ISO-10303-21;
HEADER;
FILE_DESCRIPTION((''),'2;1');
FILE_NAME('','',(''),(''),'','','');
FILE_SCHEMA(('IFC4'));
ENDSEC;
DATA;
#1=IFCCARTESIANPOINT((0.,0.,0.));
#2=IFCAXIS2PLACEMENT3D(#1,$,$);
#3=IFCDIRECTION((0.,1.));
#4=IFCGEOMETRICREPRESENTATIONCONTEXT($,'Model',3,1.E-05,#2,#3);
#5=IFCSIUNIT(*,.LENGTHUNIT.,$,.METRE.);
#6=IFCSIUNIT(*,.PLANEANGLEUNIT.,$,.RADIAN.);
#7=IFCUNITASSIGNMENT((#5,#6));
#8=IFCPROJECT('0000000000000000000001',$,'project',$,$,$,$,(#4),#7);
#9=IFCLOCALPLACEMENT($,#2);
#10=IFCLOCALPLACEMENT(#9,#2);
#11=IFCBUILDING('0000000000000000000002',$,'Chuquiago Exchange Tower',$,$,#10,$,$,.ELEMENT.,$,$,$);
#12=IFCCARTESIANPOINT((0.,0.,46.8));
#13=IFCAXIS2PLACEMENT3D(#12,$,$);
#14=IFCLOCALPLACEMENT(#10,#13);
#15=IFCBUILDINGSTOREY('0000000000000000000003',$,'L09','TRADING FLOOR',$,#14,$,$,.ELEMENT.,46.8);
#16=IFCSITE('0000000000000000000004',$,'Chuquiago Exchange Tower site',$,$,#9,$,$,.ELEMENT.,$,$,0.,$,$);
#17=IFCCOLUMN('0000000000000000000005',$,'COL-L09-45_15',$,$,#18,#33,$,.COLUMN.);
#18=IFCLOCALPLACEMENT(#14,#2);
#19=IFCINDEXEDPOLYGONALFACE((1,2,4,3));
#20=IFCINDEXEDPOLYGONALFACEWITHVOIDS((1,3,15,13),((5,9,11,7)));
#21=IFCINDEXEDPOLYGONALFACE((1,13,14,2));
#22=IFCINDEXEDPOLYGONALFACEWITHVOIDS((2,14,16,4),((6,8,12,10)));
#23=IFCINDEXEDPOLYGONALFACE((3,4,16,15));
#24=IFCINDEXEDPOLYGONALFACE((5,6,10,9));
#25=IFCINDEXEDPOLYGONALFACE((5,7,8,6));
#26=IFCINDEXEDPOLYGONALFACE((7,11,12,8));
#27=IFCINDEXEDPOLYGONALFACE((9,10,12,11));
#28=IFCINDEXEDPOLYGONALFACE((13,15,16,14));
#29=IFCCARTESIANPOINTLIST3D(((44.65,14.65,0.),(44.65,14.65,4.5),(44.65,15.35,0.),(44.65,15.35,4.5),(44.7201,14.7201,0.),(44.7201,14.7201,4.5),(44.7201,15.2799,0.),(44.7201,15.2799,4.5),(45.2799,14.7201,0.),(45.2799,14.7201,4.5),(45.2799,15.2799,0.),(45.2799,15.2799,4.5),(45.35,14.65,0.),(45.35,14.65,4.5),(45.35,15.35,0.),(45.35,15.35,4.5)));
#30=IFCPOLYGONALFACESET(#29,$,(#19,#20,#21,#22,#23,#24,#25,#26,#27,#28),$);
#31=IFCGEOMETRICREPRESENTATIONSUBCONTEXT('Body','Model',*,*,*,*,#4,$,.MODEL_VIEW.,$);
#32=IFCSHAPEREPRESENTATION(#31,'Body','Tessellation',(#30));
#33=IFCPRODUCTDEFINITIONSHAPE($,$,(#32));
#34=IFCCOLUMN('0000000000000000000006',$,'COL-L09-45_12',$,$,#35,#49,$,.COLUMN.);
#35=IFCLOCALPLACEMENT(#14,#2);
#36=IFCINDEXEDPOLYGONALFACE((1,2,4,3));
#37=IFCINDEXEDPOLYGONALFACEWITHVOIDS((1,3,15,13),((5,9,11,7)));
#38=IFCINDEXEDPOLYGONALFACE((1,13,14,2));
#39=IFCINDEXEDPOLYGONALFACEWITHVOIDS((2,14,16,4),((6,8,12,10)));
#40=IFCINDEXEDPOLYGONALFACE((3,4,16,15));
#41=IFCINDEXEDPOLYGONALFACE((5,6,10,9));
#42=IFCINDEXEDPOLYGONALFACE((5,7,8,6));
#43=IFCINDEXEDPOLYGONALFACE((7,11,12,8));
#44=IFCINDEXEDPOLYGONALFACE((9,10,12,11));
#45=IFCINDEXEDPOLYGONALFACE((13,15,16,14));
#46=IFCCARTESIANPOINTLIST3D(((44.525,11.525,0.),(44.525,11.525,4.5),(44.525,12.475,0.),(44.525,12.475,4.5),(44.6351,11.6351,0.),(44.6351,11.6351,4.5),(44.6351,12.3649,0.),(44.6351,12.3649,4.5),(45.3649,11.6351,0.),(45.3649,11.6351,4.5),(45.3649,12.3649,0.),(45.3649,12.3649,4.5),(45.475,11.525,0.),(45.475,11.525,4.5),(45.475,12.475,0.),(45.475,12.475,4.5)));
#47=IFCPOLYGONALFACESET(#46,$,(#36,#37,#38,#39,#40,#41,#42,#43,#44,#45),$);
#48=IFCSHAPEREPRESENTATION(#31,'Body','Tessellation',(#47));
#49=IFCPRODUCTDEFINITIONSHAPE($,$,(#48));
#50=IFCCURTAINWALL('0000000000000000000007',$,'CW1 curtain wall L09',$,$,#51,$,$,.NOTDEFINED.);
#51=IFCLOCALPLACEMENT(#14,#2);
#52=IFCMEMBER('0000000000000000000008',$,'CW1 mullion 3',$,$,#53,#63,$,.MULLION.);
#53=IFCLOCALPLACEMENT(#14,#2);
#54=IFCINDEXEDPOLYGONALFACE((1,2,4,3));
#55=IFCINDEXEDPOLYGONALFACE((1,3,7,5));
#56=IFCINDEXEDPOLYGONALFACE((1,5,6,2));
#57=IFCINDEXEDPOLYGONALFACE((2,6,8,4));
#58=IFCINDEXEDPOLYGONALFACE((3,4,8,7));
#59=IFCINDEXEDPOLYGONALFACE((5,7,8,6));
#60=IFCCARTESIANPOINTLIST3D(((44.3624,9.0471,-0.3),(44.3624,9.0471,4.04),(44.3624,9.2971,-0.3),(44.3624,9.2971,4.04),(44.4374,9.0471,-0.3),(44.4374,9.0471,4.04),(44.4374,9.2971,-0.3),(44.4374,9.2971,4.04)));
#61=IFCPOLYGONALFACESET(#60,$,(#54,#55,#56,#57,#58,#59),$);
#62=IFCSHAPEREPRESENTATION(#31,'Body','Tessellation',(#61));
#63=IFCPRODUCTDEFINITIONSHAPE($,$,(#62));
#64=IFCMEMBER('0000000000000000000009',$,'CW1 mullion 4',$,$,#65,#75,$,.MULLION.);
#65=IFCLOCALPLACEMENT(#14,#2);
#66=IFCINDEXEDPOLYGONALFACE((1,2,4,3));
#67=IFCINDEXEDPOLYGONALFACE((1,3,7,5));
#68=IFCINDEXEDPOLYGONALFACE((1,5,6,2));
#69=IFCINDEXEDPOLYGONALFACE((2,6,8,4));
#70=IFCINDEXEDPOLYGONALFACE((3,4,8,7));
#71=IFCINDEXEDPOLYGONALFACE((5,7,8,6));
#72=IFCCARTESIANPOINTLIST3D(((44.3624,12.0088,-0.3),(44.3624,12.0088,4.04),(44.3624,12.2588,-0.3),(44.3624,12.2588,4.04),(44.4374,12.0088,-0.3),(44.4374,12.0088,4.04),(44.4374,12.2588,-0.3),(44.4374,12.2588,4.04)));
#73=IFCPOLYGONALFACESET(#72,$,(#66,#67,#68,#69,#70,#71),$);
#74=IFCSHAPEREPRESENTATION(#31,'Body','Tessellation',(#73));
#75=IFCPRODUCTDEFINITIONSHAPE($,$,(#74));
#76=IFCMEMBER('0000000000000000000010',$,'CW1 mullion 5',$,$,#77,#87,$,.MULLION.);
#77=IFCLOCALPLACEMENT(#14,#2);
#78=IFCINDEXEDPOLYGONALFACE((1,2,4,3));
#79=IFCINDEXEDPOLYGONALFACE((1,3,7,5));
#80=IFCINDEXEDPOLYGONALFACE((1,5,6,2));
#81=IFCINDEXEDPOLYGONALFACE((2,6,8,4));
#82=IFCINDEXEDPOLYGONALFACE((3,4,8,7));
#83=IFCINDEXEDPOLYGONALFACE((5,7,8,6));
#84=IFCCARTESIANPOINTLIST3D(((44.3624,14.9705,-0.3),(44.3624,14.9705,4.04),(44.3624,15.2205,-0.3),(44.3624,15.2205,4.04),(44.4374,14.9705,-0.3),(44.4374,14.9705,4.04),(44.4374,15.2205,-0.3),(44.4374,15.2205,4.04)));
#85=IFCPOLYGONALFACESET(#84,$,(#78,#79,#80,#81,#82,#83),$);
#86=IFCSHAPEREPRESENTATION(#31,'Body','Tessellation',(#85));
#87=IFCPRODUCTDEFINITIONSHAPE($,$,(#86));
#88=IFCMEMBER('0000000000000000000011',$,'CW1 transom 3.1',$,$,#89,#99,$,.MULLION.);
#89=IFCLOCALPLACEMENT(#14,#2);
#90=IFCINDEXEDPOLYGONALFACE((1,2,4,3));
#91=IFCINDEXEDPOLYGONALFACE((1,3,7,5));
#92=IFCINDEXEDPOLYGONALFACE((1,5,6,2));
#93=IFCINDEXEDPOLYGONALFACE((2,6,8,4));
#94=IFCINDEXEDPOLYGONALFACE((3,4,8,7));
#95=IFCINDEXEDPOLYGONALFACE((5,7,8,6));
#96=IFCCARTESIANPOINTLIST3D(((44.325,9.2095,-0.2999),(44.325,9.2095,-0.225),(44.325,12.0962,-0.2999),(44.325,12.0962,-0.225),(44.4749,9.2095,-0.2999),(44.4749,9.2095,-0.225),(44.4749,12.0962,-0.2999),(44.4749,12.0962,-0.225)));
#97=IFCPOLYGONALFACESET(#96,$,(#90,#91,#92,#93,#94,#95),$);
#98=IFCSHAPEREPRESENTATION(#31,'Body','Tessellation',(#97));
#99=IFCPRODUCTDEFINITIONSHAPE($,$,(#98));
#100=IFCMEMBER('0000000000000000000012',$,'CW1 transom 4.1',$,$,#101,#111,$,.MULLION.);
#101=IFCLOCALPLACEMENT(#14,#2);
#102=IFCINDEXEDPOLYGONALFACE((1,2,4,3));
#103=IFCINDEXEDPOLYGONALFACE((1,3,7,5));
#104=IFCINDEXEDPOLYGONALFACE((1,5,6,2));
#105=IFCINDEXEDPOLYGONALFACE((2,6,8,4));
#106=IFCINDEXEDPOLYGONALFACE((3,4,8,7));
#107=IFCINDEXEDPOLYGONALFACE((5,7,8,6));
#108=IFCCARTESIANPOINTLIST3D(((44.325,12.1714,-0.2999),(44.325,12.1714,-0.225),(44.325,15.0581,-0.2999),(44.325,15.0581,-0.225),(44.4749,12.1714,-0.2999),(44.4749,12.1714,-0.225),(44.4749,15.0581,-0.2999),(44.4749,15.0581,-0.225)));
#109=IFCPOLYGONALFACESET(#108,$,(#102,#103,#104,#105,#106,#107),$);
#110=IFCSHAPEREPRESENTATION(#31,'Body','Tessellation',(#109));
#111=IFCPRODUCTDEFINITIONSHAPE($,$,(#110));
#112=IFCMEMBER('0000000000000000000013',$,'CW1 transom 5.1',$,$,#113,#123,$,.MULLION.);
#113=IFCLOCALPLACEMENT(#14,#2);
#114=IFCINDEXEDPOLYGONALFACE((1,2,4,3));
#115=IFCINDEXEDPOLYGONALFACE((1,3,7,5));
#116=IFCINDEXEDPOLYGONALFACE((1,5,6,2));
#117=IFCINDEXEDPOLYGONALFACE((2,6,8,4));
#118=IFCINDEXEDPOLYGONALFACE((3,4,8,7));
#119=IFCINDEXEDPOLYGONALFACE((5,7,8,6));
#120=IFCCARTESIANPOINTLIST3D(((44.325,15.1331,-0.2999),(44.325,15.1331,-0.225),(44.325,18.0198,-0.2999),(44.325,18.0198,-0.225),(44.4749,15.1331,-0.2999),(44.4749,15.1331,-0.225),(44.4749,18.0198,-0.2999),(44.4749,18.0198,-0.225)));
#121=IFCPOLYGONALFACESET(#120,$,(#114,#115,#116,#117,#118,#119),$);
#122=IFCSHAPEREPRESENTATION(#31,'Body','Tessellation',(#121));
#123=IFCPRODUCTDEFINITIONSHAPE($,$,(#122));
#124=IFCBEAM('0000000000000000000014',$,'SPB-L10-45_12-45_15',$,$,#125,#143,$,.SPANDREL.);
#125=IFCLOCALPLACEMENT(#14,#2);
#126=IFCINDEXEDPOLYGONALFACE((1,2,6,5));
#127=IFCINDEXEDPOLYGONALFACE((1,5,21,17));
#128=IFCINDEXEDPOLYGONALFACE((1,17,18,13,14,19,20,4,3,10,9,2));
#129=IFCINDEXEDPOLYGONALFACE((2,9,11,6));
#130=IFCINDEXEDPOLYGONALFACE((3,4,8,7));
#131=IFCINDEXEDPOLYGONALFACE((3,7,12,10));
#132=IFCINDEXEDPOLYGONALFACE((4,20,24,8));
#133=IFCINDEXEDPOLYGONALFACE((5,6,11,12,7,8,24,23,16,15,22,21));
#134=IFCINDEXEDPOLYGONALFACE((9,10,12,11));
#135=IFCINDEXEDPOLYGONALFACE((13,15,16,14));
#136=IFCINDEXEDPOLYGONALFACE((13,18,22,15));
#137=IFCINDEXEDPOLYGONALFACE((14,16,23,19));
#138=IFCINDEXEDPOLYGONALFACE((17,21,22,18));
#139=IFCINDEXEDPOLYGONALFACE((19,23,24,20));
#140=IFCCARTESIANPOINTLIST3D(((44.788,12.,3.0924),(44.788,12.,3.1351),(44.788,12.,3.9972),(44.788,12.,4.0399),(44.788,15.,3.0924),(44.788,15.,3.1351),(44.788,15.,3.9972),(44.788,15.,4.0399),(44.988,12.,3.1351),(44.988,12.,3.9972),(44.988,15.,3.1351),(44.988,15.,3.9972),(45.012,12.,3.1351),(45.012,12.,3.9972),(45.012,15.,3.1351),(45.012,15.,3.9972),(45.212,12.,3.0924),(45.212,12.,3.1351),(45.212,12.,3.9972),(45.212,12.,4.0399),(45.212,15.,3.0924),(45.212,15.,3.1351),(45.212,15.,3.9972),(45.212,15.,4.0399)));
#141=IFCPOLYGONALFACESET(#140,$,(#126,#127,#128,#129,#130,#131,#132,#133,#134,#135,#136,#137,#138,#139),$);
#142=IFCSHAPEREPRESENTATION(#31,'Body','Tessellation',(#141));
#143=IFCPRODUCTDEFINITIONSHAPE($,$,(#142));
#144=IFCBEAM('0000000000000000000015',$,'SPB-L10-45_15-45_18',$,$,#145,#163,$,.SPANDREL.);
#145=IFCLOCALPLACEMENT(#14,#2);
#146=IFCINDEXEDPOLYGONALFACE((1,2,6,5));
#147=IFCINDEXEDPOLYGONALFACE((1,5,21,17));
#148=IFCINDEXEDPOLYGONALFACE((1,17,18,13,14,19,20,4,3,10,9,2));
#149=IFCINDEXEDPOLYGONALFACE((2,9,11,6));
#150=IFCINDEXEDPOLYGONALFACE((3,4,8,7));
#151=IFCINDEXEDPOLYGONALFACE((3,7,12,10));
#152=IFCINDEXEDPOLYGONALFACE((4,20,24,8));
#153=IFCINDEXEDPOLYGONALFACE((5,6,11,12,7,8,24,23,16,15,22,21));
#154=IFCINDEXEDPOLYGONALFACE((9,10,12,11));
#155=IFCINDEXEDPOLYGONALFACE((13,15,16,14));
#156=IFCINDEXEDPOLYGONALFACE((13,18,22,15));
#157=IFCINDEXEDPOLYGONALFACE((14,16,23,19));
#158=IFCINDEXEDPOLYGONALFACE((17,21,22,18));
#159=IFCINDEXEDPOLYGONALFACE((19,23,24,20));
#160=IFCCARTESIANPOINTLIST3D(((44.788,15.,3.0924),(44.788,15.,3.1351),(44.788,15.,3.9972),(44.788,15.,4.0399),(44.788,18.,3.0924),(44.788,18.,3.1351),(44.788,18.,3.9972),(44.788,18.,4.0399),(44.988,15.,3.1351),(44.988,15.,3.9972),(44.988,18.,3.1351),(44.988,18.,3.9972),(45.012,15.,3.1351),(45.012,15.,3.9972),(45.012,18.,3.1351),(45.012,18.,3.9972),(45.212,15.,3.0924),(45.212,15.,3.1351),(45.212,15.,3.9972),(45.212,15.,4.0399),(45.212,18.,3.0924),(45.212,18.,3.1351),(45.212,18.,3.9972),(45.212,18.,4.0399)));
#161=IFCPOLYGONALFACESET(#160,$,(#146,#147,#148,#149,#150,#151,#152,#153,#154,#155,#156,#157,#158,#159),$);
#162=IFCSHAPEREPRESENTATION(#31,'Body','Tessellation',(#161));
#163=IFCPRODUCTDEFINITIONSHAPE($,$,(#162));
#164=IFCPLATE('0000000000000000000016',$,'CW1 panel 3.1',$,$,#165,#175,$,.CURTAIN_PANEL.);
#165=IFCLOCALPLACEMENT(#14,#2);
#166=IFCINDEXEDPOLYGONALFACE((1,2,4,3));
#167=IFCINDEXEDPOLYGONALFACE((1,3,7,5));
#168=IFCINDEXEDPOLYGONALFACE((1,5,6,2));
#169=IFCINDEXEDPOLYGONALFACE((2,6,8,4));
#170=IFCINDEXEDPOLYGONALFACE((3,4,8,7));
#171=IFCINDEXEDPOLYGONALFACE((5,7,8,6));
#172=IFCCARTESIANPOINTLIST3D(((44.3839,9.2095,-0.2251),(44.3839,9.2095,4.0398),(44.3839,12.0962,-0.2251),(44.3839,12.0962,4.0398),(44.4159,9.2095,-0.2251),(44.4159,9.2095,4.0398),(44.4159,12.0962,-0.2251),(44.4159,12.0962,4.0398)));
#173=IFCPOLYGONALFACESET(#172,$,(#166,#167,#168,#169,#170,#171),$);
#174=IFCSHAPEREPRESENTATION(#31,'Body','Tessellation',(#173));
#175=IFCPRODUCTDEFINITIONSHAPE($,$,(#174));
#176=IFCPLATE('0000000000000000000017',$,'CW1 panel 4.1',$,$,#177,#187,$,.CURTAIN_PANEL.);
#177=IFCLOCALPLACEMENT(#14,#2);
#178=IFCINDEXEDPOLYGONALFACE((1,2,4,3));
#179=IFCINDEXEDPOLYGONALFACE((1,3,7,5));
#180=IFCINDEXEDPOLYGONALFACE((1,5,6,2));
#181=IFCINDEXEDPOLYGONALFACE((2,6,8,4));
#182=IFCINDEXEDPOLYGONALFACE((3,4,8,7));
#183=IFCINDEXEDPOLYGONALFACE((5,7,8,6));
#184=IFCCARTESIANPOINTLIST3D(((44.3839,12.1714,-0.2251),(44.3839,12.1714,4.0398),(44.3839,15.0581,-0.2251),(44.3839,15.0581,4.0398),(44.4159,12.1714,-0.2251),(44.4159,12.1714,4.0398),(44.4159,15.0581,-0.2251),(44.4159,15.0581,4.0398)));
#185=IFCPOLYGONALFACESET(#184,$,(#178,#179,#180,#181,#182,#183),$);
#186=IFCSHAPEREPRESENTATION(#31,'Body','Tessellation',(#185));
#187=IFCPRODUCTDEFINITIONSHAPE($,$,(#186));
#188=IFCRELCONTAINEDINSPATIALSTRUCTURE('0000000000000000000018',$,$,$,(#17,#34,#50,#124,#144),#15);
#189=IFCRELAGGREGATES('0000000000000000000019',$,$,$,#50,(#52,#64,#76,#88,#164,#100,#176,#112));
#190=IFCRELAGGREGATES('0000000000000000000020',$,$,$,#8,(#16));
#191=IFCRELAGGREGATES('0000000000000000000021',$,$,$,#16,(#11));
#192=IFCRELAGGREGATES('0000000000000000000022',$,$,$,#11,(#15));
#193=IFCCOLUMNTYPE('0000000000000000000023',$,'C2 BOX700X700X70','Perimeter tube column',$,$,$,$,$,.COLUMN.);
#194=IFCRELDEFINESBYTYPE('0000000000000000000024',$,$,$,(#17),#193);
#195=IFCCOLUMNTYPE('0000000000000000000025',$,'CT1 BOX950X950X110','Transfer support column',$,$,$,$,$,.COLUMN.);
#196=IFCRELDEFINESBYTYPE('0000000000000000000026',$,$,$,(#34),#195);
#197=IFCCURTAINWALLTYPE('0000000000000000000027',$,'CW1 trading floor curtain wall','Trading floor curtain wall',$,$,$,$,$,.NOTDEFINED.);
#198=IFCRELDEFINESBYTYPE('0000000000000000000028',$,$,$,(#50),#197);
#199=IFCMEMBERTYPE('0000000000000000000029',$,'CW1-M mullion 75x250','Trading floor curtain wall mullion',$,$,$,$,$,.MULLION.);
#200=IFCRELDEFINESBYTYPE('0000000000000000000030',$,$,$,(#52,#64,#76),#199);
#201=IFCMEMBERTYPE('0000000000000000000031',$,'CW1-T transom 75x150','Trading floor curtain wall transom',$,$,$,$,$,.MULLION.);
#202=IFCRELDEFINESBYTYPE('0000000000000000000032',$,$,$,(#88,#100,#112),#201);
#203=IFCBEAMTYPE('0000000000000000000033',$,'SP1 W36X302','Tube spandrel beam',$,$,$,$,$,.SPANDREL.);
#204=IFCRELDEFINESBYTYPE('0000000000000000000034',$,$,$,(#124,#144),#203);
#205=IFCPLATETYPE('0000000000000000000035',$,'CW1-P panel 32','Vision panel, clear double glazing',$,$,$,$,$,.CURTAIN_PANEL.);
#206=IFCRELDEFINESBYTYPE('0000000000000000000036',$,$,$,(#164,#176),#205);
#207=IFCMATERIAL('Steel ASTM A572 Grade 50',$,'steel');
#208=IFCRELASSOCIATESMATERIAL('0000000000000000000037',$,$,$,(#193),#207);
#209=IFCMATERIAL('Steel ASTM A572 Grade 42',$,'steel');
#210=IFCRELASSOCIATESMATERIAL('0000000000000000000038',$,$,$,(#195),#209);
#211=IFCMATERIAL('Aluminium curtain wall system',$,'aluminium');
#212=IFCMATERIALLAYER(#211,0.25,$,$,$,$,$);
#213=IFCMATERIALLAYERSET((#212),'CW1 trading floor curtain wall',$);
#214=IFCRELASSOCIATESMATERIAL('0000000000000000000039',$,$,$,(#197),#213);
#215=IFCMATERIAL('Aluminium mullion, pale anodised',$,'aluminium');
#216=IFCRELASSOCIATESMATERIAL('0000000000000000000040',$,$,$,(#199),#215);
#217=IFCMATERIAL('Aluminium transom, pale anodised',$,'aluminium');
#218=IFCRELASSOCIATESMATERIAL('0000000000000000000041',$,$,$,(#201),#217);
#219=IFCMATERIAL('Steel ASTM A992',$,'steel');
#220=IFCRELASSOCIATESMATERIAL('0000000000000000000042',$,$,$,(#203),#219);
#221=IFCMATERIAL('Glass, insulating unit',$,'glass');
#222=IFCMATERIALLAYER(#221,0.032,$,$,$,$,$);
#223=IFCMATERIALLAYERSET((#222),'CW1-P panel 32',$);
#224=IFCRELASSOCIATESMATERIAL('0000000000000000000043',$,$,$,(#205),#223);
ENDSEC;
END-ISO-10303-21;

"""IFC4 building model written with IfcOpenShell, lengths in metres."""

from ifc_helpers import new_model, si_unit, direction, frame, origin, origin_2d, place, context, subcontext, project, spatial, rectangle, hollow_rectangle, i_section, extrude, material, layer, layer_set, material_profile, profile_set, type_object, element, aggregate, save


model = new_model("IFC4")

# Units and contexts
model_context = context("Model", 3, precision=1e-05, world=origin(), true_north=direction((0.0, 1.0)))
body_context = subcontext(model_context, "Body", "Model", "MODEL_VIEW")
ifc_project = project(units=[si_unit("LENGTHUNIT", "METRE"), si_unit("PLANEANGLEUNIT", "RADIAN")], contexts=[model_context])

# Site, building, storey
site_placement = place(None, origin())
site = spatial("IfcSite", under=ifc_project, at=site_placement, Name="Chuquiago Exchange Tower site", CompositionType="ELEMENT", RefElevation=0.0)
building_placement = place(site_placement, origin())
building = spatial("IfcBuilding", under=site, at=building_placement, Name="Chuquiago Exchange Tower", CompositionType="ELEMENT")
storey_placement = place(building_placement, frame((0.0, 0.0, 46.8)))
storey = spatial("IfcBuildingStorey", under=building, at=storey_placement, Name="L09", Description="TRADING FLOOR", CompositionType="ELEMENT", Elevation=46.8)

# Columns
ifc_material_1 = material(Name="Steel ASTM A572 Grade 50", Category="steel")
ifc_material_profile_1 = material_profile(ifc_material_1, hollow_rectangle(XDim=0.7, YDim=0.7, WallThickness=0.0701, at=origin_2d()), Name="BOX700X700X70")
ifc_profile_set_1 = profile_set([ifc_material_profile_1], Name="Steel ASTM A572 Grade 50")
column_type_1 = type_object("IfcColumnType", Name="C2 BOX700X700X70", Description="Perimeter tube column", PredefinedType="COLUMN", material=ifc_profile_set_1)
column_1_placement = place(storey_placement, frame((45.0, 15.0, 0.0), z_axis=(0.0, 0.0, 1.0), x_axis=(1.0, 0.0, 0.0)))
element("IfcColumn", 1, at=column_1_placement, inside=storey, type_object=column_type_1, Name="COL-L09-45_15", PredefinedType="COLUMN", context=body_context, shape_type="SweptSolid", body=[
    extrude(hollow_rectangle(XDim=0.7, YDim=0.7, WallThickness=0.0701, at=origin_2d()), origin(), (0.0, 0.0, 1.0), 4.5),
])
ifc_material_2 = material(Name="Steel ASTM A572 Grade 42", Category="steel")
ifc_material_profile_2 = material_profile(ifc_material_2, hollow_rectangle(XDim=0.95, YDim=0.95, WallThickness=0.1101, at=origin_2d()), Name="BOX950X950X110")
ifc_profile_set_2 = profile_set([ifc_material_profile_2], Name="Steel ASTM A572 Grade 42")
column_type_2 = type_object("IfcColumnType", Name="CT1 BOX950X950X110", Description="Transfer support column", PredefinedType="COLUMN", material=ifc_profile_set_2)
column_2_placement = place(storey_placement, frame((45.0, 12.0, 0.0), z_axis=(0.0, 0.0, 1.0), x_axis=(1.0, 0.0, 0.0)))
element("IfcColumn", 2, at=column_2_placement, inside=storey, type_object=column_type_2, Name="COL-L09-45_12", PredefinedType="COLUMN", context=body_context, shape_type="SweptSolid", body=[
    extrude(hollow_rectangle(XDim=0.95, YDim=0.95, WallThickness=0.1101, at=origin_2d()), origin(), (0.0, 0.0, 1.0), 4.5),
])

# Curtain wall, members
ifc_material_3 = material(Name="Aluminium curtain wall system", Category="aluminium")
ifc_layer_1 = layer(ifc_material_3, 0.25)
ifc_layer_set_1 = layer_set([ifc_layer_1], Name="CW1 trading floor curtain wall")
curtain_wall_type = type_object("IfcCurtainWallType", Name="CW1 trading floor curtain wall", Description="Trading floor curtain wall", PredefinedType="NOTDEFINED", material=ifc_layer_set_1)
curtain_wall_placement = place(storey_placement, origin())
curtain_wall = element("IfcCurtainWall", 3, at=curtain_wall_placement, inside=storey, type_object=curtain_wall_type, Name="CW1 curtain wall L09", PredefinedType="NOTDEFINED")
ifc_material_4 = material(Name="Aluminium mullion, pale anodised", Category="aluminium")
ifc_material_profile_3 = material_profile(ifc_material_4, rectangle(XDim=0.075, YDim=0.25, at=origin_2d()), Name="AL 75x250")
ifc_profile_set_3 = profile_set([ifc_material_profile_3], Name="Aluminium mullion, pale anodised")
member_type_1 = type_object("IfcMemberType", Name="CW1-M mullion 75x250", Description="Trading floor curtain wall mullion", PredefinedType="MULLION", material=ifc_profile_set_3)
member_1_placement = place(storey_placement, frame((44.3999, 9.1721, -0.3), z_axis=(0.0, 0.0, 1.0), x_axis=(-1.0, 0.0, 0.0)))
member_1 = element("IfcMember", 4, at=member_1_placement, type_object=member_type_1, Name="CW1 mullion 3", PredefinedType="MULLION", context=body_context, shape_type="SweptSolid", body=[
    extrude(rectangle(XDim=0.075, YDim=0.25, at=origin_2d()), origin(), (0.0, 0.0, 1.0), 4.3401),
])
member_2_placement = place(storey_placement, frame((44.3999, 12.1338, -0.3), z_axis=(0.0, 0.0, 1.0), x_axis=(-1.0, 0.0, 0.0)))
member_2 = element("IfcMember", 5, at=member_2_placement, type_object=member_type_1, Name="CW1 mullion 4", PredefinedType="MULLION", context=body_context, shape_type="SweptSolid", body=[
    extrude(rectangle(XDim=0.075, YDim=0.25, at=origin_2d()), origin(), (0.0, 0.0, 1.0), 4.3401),
])
member_3_placement = place(storey_placement, frame((44.3999, 15.0955, -0.3), z_axis=(0.0, 0.0, 1.0), x_axis=(-1.0, 0.0, 0.0)))
member_3 = element("IfcMember", 6, at=member_3_placement, type_object=member_type_1, Name="CW1 mullion 5", PredefinedType="MULLION", context=body_context, shape_type="SweptSolid", body=[
    extrude(rectangle(XDim=0.075, YDim=0.25, at=origin_2d()), origin(), (0.0, 0.0, 1.0), 4.3401),
])
ifc_material_5 = material(Name="Aluminium transom, pale anodised", Category="aluminium")
ifc_material_profile_4 = material_profile(ifc_material_5, rectangle(XDim=0.1499, YDim=0.075, at=origin_2d()), Name="AL 150x75")
ifc_profile_set_4 = profile_set([ifc_material_profile_4], Name="Aluminium transom, pale anodised")
member_type_2 = type_object("IfcMemberType", Name="CW1-T transom 75x150", Description="Trading floor curtain wall transom", PredefinedType="MULLION", material=ifc_profile_set_4)
member_4_placement = place(storey_placement, frame((44.3999, 9.2095, -0.2625), z_axis=(0.0, 1.0, 0.0), x_axis=(-1.0, 0.0, 0.0)))
member_4 = element("IfcMember", 7, at=member_4_placement, type_object=member_type_2, Name="CW1 transom 3.1", PredefinedType="MULLION", context=body_context, shape_type="SweptSolid", body=[
    extrude(rectangle(XDim=0.1499, YDim=0.075, at=origin_2d()), origin(), (0.0, 0.0, 1.0), 2.8867),
])
member_5_placement = place(storey_placement, frame((44.3999, 12.1714, -0.2625), z_axis=(0.0, 1.0, 0.0), x_axis=(-1.0, 0.0, 0.0)))
member_5 = element("IfcMember", 8, at=member_5_placement, type_object=member_type_2, Name="CW1 transom 4.1", PredefinedType="MULLION", context=body_context, shape_type="SweptSolid", body=[
    extrude(rectangle(XDim=0.1499, YDim=0.075, at=origin_2d()), origin(), (0.0, 0.0, 1.0), 2.8867),
])
member_6_placement = place(storey_placement, frame((44.3999, 15.1331, -0.2625), z_axis=(0.0, 1.0, 0.0), x_axis=(-1.0, 0.0, 0.0)))
member_6 = element("IfcMember", 9, at=member_6_placement, type_object=member_type_2, Name="CW1 transom 5.1", PredefinedType="MULLION", context=body_context, shape_type="SweptSolid", body=[
    extrude(rectangle(XDim=0.1499, YDim=0.075, at=origin_2d()), origin(), (0.0, 0.0, 1.0), 2.8867),
])

# Beams
ifc_material_6 = material(Name="Steel ASTM A992", Category="steel")
ifc_material_profile_5 = material_profile(ifc_material_6, i_section(OverallWidth=0.4241, OverallDepth=0.9475, WebThickness=0.0239, FlangeThickness=0.0427, at=origin_2d()), Name="W36X302")
ifc_profile_set_5 = profile_set([ifc_material_profile_5], Name="Steel ASTM A992")
beam_type = type_object("IfcBeamType", Name="SP1 W36X302", Description="Tube spandrel beam", PredefinedType="SPANDREL", material=ifc_profile_set_5)
for number, where, z_axis, x_axis, name in (
    (10, (45.0, 12.0, 3.5662), (0.0, 1.0, 0.0), (-1.0, 0.0, 0.0), "SPB-L10-45_12-45_15"),
    (11, (45.0, 15.0, 3.5662), (0.0, 1.0, 0.0), (-1.0, 0.0, 0.0), "SPB-L10-45_15-45_18"),
):
    element("IfcBeam", number, at=place(storey_placement, frame(where, z_axis=z_axis, x_axis=x_axis)), inside=storey, type_object=beam_type, Name=name, PredefinedType="SPANDREL", context=body_context, shape_type="SweptSolid", body=[
        extrude(i_section(OverallWidth=0.4241, OverallDepth=0.9475, WebThickness=0.0239, FlangeThickness=0.0427, at=origin_2d()), origin(), (0.0, 0.0, 1.0), 3.0),
    ])

# Plates
ifc_material_7 = material(Name="Glass, insulating unit", Category="glass")
ifc_layer_2 = layer(ifc_material_7, 0.032)
ifc_layer_set_2 = layer_set([ifc_layer_2], Name="CW1-P panel 32")
plate_type = type_object("IfcPlateType", Name="CW1-P panel 32", Description="Vision panel, clear double glazing", PredefinedType="CURTAIN_PANEL", material=ifc_layer_set_2)
plate_1_placement = place(storey_placement, frame((44.3999, 10.6528, -0.2251), z_axis=(0.0, 0.0, 1.0), x_axis=(0.0, 1.0, 0.0)))
plate_1 = element("IfcPlate", 12, at=plate_1_placement, type_object=plate_type, Name="CW1 panel 3.1", PredefinedType="CURTAIN_PANEL", context=body_context, shape_type="SweptSolid", body=[
    extrude(rectangle(XDim=2.8867, YDim=0.032, at=origin_2d()), origin(), (0.0, 0.0, 1.0), 4.2649),
])
plate_2_placement = place(storey_placement, frame((44.3999, 13.6147, -0.2251), z_axis=(0.0, 0.0, 1.0), x_axis=(0.0, 1.0, 0.0)))
plate_2 = element("IfcPlate", 13, at=plate_2_placement, type_object=plate_type, Name="CW1 panel 4.1", PredefinedType="CURTAIN_PANEL", context=body_context, shape_type="SweptSolid", body=[
    extrude(rectangle(XDim=2.8867, YDim=0.032, at=origin_2d()), origin(), (0.0, 0.0, 1.0), 4.2649),
])
aggregate(curtain_wall, [member_1, member_2, member_3, member_4, plate_1, member_5, plate_2, member_6])

save(model, "model.ifc")
